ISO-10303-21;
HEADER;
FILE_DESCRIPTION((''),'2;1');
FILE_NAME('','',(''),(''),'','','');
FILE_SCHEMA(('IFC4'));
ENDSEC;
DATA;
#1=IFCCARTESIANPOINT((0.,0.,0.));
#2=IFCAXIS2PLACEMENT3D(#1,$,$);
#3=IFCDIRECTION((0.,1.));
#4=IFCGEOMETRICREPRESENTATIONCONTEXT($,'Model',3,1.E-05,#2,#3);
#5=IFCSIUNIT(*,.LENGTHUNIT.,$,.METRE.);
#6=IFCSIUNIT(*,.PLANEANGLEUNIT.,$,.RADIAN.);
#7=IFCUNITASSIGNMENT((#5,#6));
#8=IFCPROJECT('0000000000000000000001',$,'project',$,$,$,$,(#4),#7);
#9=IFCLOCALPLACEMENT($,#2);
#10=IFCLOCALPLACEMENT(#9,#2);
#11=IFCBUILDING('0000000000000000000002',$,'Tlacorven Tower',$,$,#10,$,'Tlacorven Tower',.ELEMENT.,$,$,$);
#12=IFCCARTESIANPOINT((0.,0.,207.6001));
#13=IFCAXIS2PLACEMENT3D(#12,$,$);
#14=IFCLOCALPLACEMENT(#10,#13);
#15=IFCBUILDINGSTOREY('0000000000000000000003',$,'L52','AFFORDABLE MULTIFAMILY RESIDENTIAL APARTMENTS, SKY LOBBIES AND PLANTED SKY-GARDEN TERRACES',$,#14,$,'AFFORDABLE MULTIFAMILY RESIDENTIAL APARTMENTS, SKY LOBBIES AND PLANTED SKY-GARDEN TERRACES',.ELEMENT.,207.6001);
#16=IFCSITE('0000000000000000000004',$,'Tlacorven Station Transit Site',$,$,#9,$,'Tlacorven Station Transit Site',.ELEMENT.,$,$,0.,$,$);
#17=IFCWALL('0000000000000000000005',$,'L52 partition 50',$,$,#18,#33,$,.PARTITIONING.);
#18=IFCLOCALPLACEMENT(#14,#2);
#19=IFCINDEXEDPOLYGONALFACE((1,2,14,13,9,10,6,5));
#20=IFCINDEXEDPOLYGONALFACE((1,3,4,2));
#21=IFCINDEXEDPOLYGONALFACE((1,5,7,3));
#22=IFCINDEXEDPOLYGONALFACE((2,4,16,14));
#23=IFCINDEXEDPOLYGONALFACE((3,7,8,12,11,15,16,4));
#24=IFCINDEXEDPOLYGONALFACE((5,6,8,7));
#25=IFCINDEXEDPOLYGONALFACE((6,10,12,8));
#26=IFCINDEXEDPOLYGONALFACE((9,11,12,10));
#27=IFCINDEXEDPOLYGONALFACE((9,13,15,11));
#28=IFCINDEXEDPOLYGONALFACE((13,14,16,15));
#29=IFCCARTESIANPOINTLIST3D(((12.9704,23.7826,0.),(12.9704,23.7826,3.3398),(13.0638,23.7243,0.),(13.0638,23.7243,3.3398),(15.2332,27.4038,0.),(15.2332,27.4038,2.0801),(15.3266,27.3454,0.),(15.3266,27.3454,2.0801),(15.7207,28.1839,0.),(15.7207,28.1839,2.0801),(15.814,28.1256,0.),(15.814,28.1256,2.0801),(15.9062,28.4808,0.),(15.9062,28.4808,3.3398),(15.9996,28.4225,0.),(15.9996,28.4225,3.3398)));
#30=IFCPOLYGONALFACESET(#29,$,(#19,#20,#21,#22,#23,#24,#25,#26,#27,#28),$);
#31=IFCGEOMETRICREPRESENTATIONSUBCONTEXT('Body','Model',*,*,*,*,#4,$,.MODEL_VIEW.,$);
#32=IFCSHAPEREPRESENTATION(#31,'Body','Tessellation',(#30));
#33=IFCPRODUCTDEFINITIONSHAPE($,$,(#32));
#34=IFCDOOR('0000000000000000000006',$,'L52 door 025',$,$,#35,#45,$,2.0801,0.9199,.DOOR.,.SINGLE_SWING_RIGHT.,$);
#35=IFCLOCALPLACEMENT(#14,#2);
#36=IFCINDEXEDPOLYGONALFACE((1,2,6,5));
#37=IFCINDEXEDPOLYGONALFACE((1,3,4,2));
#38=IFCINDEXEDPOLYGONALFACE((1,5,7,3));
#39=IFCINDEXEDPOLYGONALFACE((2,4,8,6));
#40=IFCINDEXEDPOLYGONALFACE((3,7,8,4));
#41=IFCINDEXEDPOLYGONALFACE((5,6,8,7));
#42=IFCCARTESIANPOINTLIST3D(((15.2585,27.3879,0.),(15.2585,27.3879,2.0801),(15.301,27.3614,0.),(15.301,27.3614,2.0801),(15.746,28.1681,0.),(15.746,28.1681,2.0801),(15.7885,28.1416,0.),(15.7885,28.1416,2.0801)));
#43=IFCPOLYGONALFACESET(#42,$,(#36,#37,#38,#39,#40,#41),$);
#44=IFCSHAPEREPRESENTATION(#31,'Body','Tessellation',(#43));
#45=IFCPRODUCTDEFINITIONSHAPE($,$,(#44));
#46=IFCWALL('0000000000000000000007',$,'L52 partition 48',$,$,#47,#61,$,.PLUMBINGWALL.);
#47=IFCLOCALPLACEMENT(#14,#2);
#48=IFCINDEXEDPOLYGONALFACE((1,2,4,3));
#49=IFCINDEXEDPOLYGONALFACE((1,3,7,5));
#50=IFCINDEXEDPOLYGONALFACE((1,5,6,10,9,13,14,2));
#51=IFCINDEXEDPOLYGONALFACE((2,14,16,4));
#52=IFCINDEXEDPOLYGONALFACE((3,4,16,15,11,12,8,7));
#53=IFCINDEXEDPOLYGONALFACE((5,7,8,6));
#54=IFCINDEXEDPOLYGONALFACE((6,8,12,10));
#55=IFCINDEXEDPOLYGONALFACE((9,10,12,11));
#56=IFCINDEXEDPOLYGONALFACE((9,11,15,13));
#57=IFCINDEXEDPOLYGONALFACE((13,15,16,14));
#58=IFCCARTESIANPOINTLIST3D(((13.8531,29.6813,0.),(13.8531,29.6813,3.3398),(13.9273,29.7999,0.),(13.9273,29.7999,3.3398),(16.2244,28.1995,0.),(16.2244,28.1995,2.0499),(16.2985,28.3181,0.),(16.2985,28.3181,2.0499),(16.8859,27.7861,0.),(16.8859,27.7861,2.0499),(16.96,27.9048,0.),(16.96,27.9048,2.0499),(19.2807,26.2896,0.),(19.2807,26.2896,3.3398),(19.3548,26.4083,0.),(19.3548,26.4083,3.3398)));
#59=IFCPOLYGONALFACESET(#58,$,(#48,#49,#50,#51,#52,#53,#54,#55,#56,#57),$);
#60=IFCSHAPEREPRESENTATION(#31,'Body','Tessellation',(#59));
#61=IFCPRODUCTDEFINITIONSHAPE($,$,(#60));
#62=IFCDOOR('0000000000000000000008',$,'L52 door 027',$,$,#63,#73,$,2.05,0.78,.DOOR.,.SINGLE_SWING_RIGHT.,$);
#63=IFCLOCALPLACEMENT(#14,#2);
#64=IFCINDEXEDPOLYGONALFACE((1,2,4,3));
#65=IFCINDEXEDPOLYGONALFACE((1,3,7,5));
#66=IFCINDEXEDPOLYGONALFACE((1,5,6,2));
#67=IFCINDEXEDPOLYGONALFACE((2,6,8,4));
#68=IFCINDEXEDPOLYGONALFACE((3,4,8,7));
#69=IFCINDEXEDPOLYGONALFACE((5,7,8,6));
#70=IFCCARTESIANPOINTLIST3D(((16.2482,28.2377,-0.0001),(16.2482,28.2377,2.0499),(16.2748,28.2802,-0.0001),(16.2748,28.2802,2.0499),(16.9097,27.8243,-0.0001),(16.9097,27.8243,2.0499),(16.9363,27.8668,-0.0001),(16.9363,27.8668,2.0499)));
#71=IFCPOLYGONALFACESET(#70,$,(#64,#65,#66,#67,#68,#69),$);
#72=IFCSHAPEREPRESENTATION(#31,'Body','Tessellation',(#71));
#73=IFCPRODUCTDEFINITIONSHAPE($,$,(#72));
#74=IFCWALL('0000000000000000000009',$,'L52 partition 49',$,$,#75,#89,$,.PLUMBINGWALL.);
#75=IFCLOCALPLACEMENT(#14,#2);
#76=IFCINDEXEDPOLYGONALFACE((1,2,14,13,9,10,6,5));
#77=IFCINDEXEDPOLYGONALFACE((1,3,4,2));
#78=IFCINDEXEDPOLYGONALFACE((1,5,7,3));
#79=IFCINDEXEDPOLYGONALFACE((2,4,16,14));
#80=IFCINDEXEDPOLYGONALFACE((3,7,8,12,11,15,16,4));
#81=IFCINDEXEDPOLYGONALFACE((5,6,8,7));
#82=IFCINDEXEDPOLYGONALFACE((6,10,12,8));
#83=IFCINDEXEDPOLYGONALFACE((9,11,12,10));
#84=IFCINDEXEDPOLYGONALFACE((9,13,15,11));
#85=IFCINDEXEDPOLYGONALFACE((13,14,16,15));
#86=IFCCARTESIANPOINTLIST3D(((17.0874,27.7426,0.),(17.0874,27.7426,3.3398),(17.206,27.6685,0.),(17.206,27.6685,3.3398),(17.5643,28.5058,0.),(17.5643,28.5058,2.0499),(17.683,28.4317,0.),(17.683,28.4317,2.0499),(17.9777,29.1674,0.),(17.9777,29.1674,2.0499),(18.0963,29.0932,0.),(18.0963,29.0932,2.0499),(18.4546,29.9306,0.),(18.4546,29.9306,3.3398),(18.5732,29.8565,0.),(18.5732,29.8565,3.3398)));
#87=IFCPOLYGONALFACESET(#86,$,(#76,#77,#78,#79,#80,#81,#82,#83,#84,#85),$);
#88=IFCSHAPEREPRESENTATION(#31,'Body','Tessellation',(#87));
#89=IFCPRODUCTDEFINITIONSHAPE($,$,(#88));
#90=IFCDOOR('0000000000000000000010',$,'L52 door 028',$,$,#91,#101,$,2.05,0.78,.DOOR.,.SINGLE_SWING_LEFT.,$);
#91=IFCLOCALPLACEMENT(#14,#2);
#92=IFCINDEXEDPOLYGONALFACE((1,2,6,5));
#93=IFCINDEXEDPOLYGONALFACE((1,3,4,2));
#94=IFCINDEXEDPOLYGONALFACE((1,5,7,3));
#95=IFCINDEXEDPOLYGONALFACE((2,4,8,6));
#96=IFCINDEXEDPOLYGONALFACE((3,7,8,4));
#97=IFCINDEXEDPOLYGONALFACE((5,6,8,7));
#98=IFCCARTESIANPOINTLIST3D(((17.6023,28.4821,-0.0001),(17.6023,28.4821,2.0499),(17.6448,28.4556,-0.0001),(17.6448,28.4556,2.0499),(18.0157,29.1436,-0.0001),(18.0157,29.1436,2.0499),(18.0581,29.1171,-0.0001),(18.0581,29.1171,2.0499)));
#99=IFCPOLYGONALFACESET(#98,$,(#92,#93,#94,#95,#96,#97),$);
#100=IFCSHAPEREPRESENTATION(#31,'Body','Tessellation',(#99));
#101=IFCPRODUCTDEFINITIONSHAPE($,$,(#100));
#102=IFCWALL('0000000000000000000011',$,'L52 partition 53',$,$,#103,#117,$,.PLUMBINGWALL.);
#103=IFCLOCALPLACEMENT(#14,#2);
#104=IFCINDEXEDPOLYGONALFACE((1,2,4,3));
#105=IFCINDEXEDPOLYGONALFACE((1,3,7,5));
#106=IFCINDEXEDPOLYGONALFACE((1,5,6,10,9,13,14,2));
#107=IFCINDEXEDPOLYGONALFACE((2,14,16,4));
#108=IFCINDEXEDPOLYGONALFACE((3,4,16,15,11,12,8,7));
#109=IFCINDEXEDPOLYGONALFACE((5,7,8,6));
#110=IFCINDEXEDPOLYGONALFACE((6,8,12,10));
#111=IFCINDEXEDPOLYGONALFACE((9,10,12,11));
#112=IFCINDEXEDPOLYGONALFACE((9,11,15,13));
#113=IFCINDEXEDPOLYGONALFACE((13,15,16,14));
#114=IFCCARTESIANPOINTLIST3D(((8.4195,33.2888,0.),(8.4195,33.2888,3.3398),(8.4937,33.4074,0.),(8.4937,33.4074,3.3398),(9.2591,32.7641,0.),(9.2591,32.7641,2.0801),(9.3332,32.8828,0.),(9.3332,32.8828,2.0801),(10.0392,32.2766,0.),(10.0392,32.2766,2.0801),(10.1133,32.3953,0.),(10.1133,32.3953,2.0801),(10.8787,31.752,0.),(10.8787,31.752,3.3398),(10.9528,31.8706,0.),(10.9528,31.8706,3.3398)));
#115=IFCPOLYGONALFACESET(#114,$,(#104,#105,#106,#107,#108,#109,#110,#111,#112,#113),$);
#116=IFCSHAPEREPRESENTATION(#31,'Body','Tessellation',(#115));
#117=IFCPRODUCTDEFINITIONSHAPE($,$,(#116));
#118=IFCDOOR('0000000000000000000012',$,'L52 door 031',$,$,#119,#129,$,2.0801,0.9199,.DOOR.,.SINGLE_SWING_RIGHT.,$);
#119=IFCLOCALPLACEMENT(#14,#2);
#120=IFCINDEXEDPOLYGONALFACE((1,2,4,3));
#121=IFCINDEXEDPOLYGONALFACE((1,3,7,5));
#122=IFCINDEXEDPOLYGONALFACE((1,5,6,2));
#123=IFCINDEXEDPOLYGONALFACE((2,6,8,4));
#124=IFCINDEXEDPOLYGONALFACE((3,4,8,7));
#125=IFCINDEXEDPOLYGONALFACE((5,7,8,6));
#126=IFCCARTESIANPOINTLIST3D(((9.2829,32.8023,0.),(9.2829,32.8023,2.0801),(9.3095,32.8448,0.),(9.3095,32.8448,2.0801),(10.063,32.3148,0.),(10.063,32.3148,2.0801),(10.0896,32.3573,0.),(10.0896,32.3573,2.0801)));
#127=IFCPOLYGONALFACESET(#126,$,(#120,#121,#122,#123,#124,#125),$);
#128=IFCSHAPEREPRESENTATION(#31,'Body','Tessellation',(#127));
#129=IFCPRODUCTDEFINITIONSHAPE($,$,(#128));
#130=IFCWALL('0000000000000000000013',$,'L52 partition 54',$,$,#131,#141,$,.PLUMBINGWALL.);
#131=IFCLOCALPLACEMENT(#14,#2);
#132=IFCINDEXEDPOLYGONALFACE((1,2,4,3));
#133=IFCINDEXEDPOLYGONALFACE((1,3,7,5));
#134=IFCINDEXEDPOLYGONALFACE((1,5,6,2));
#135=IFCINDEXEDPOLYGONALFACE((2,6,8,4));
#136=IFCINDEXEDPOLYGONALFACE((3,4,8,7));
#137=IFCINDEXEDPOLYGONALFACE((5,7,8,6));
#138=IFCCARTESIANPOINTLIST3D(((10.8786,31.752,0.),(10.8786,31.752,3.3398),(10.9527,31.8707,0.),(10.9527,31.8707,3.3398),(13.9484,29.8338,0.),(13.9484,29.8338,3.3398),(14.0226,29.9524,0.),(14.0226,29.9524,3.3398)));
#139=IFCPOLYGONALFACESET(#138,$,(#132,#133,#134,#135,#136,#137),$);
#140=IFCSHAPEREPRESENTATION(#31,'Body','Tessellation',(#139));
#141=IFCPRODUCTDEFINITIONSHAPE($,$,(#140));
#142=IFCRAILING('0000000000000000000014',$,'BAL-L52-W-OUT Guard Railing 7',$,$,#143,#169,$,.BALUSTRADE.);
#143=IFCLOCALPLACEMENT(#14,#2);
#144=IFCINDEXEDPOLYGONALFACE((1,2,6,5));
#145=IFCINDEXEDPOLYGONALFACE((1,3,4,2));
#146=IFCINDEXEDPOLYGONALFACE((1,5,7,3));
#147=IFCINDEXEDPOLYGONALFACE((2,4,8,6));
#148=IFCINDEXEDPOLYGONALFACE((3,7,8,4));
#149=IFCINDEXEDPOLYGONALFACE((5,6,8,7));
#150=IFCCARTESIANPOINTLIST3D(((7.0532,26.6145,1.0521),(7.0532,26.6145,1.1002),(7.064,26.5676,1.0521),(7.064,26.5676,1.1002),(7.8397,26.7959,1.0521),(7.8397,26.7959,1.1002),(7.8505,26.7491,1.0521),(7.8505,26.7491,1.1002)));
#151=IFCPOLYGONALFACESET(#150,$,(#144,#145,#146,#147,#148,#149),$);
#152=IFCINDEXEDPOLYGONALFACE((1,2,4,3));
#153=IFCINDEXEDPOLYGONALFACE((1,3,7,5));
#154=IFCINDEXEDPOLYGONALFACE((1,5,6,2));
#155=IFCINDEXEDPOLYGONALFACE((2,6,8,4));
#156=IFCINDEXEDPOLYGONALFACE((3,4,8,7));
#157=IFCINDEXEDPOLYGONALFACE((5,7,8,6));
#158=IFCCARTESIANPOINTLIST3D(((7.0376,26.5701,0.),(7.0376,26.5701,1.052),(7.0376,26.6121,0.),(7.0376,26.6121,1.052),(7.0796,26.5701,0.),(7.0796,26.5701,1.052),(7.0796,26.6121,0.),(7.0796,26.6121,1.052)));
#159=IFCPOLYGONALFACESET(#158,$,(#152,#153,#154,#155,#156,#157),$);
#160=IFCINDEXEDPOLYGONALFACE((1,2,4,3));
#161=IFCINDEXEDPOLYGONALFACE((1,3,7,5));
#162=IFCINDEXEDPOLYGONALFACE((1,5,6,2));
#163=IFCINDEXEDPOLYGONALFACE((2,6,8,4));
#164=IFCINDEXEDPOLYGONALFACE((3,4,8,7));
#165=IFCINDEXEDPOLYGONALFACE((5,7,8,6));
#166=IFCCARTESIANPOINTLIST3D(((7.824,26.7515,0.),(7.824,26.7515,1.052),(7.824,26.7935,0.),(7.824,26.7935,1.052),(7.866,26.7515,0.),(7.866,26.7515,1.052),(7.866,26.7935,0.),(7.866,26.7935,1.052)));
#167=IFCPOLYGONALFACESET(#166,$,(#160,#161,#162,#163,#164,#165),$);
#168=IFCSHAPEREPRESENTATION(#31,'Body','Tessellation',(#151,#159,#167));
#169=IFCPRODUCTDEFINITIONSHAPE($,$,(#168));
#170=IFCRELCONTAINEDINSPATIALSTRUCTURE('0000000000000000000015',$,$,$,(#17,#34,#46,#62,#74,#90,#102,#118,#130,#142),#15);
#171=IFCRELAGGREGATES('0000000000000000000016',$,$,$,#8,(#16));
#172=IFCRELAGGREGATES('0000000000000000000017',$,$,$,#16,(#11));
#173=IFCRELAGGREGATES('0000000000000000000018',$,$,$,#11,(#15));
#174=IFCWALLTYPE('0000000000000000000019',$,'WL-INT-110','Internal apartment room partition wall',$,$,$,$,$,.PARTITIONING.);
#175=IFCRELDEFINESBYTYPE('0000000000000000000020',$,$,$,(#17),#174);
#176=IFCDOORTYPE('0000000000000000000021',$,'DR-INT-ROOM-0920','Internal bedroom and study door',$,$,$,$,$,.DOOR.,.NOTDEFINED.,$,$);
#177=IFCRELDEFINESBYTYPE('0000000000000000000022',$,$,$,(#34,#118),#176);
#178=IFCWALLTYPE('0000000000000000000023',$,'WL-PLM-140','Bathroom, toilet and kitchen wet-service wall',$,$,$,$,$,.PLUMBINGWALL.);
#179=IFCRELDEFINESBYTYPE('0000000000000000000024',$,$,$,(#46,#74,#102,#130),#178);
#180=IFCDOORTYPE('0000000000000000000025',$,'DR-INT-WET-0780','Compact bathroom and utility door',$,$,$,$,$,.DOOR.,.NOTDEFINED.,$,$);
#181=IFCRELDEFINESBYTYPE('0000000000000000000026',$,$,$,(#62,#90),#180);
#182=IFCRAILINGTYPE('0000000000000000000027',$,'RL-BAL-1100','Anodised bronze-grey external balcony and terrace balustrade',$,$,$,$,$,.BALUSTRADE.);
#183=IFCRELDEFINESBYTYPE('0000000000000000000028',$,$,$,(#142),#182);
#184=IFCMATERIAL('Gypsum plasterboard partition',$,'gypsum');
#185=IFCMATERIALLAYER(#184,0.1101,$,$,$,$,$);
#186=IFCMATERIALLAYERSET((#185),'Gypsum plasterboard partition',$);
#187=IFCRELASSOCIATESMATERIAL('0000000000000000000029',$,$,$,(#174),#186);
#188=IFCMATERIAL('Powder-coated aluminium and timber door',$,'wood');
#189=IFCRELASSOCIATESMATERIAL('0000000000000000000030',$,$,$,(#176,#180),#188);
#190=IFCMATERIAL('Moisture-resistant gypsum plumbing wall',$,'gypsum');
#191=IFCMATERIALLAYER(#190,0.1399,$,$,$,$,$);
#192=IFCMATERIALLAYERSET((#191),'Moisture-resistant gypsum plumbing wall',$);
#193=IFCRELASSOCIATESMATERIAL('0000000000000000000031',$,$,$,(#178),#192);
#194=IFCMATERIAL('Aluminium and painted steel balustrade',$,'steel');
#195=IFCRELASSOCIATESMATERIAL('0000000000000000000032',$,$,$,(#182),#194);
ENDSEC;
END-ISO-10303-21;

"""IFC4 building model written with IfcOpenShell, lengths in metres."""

from ifc_helpers import new_model, si_unit, direction, frame, frame_2d, origin, origin_2d, place, context, subcontext, project, spatial, rectangle, extrude, source, transform, mapped, material, layer, layer_set, type_object, element, fill, save


model = new_model("IFC4")

# Units and contexts
model_context = context("Model", 3, precision=1e-05, world=origin(), true_north=direction((0.0, 1.0)))
body_context = subcontext(model_context, "Body", "Model", "MODEL_VIEW")
ifc_project = project(units=[si_unit("LENGTHUNIT", "METRE"), si_unit("PLANEANGLEUNIT", "RADIAN")], contexts=[model_context])

# Site, building, storey
site_placement = place(None, origin())
site = spatial("IfcSite", under=ifc_project, at=site_placement, Name="Tlacorven Station Transit Site", LongName="Tlacorven Station Transit Site", CompositionType="ELEMENT", RefElevation=0.0)
building_placement = place(site_placement, origin())
building = spatial("IfcBuilding", under=site, at=building_placement, Name="Tlacorven Tower", LongName="Tlacorven Tower", CompositionType="ELEMENT")
storey_placement = place(building_placement, frame((0.0, 0.0, 207.6001)))
storey = spatial("IfcBuildingStorey", under=building, at=storey_placement, Name="L52", Description="AFFORDABLE MULTIFAMILY RESIDENTIAL APARTMENTS, SKY LOBBIES AND PLANTED SKY-GARDEN TERRACES", LongName="AFFORDABLE MULTIFAMILY RESIDENTIAL APARTMENTS, SKY LOBBIES AND PLANTED SKY-GARDEN TERRACES", CompositionType="ELEMENT", Elevation=207.6001)

# Walls, openings, doors
ifc_material_1 = material(Name="Gypsum plasterboard partition", Category="gypsum")
ifc_layer_1 = layer(ifc_material_1, 0.1101)
ifc_layer_set_1 = layer_set([ifc_layer_1], Name="Gypsum plasterboard partition")
wall_type_1 = type_object("IfcWallType", Name="WL-INT-110", Description="Internal apartment room partition wall", PredefinedType="PARTITIONING", material=ifc_layer_set_1)
wall_1_placement = place(storey_placement, frame((15.9529, 28.4517, 0.0), z_axis=(0.0, 0.0, 1.0), x_axis=(-0.52992, -0.848048, 0.0)))
wall_1 = element("IfcWall", 1, at=wall_1_placement, inside=storey, type_object=wall_type_1, Name="L52 partition 50", PredefinedType="PARTITIONING", context=body_context, shape_type="SweptSolid", body=[
    extrude(rectangle(XDim=5.54, YDim=0.1101, at=frame_2d((2.77, 0.0))), origin(), (0.0, 0.0, 1.0), 3.3398),
])
opening_1_placement = place(wall_1_placement, frame((0.3501, 0.0, 0.0)))
opening_1 = element("IfcOpeningElement", 2, at=opening_1_placement, cuts=wall_1, PredefinedType="OPENING", context=body_context, shape_type="SweptSolid", body=[
    extrude(rectangle(XDim=0.9199, YDim=2.0801, at=frame_2d((0.46, 1.04))), frame((0.0, 0.0649, 0.0), z_axis=(0.0, -1.0, 0.0), x_axis=(1.0, 0.0, 0.0)), (0.0, 0.0, 1.0), 0.1301),
])
ifc_material_2 = material(Name="Powder-coated aluminium and timber door", Category="wood")
door_type_1 = type_object("IfcDoorType", Name="DR-INT-ROOM-0920", Description="Internal bedroom and study door", OperationType="NOTDEFINED", PredefinedType="DOOR", material=ifc_material_2)
shared_shape_1 = source(origin(), body_context, "Body", "SweptSolid", [
    extrude(rectangle(XDim=0.9199, YDim=2.0801, at=frame_2d((0.46, 1.04))), frame((0.0, 0.0249, 0.0), z_axis=(0.0, -1.0, 0.0), x_axis=(1.0, 0.0, 0.0)), (0.0, 0.0, 1.0), 0.05),
])
door_1_placement = place(opening_1_placement, origin())
door_1 = element("IfcDoor", 3, at=door_1_placement, inside=storey, type_object=door_type_1, Name="L52 door 025", OperationType="SINGLE_SWING_RIGHT", OverallHeight=2.0801, OverallWidth=0.9199, PredefinedType="DOOR", context=body_context, shape_type="MappedRepresentation", body=[
    mapped(shared_shape_1, transform((0.0, 0.0, 0.0), scale=1.0)),
])
fill(opening_1, door_1)
ifc_material_3 = material(Name="Moisture-resistant gypsum plumbing wall", Category="gypsum")
ifc_layer_2 = layer(ifc_material_3, 0.1399)
ifc_layer_set_2 = layer_set([ifc_layer_2], Name="Moisture-resistant gypsum plumbing wall")
wall_type_2 = type_object("IfcWallType", Name="WL-PLM-140", Description="Bathroom, toilet and kitchen wet-service wall", PredefinedType="PLUMBINGWALL", material=ifc_layer_set_2)
wall_2_placement = place(storey_placement, frame((19.3179, 26.3489, 0.0), z_axis=(0.0, 0.0, 1.0), x_axis=(-0.848039, 0.529934, 0.0)))
wall_2 = element("IfcWall", 4, at=wall_2_placement, inside=storey, type_object=wall_type_2, Name="L52 partition 48", PredefinedType="PLUMBINGWALL", context=body_context, shape_type="SweptSolid", body=[
    extrude(rectangle(XDim=6.4001, YDim=0.1399, at=frame_2d((3.2002, 0.0))), origin(), (0.0, 0.0, 1.0), 3.3398),
])
opening_2_placement = place(wall_2_placement, frame((2.824, 0.0, 0.0)))
opening_2 = element("IfcOpeningElement", 5, at=opening_2_placement, cuts=wall_2, PredefinedType="OPENING", context=body_context, shape_type="SweptSolid", body=[
    extrude(rectangle(XDim=0.78, YDim=2.05, at=frame_2d((0.3901, 1.0249))), frame((0.0, 0.0801, 0.0), z_axis=(0.0, -1.0, 0.0), x_axis=(1.0, 0.0, 0.0)), (0.0, 0.0, 1.0), 0.1599),
])
door_type_2 = type_object("IfcDoorType", Name="DR-INT-WET-0780", Description="Compact bathroom and utility door", OperationType="NOTDEFINED", PredefinedType="DOOR", material=ifc_material_2)
shared_shape_2 = source(origin(), body_context, "Body", "SweptSolid", [
    extrude(rectangle(XDim=0.78, YDim=2.05, at=frame_2d((0.3901, 1.0249))), frame((0.0, 0.0249, 0.0), z_axis=(0.0, -1.0, 0.0), x_axis=(1.0, 0.0, 0.0)), (0.0, 0.0, 1.0), 0.05),
])
door_2_placement = place(opening_2_placement, origin())
door_2 = element("IfcDoor", 6, at=door_2_placement, inside=storey, type_object=door_type_2, Name="L52 door 027", OperationType="SINGLE_SWING_RIGHT", OverallHeight=2.05, OverallWidth=0.78, PredefinedType="DOOR", context=body_context, shape_type="MappedRepresentation", body=[
    mapped(shared_shape_2, transform((0.0, 0.0, 0.0), scale=1.0)),
])
fill(opening_2, door_2)
wall_3_placement = place(storey_placement, frame((18.5139, 29.8936, 0.0), z_axis=(0.0, 0.0, 1.0), x_axis=(-0.529914, -0.848051, 0.0)))
wall_3 = element("IfcWall", 7, at=wall_3_placement, inside=storey, type_object=wall_type_2, Name="L52 partition 49", PredefinedType="PLUMBINGWALL", context=body_context, shape_type="SweptSolid", body=[
    extrude(rectangle(XDim=2.5801, YDim=0.1399, at=frame_2d((1.29, 0.0))), origin(), (0.0, 0.0, 1.0), 3.3398),
])
opening_3_placement = place(wall_3_placement, frame((0.8999, 0.0, 0.0)))
opening_3 = element("IfcOpeningElement", 8, at=opening_3_placement, cuts=wall_3, PredefinedType="OPENING", context=body_context, shape_type="SweptSolid", body=[
    extrude(rectangle(XDim=0.78, YDim=2.05, at=frame_2d((0.3901, 1.0249))), frame((0.0, 0.0801, 0.0), z_axis=(0.0, -1.0, 0.0), x_axis=(1.0, 0.0, 0.0)), (0.0, 0.0, 1.0), 0.1599),
])
door_3_placement = place(opening_3_placement, origin())
door_3 = element("IfcDoor", 9, at=door_3_placement, inside=storey, type_object=door_type_2, Name="L52 door 028", OperationType="SINGLE_SWING_LEFT", OverallHeight=2.05, OverallWidth=0.78, PredefinedType="DOOR", context=body_context, shape_type="MappedRepresentation", body=[
    mapped(shared_shape_2, transform((0.0, 0.0, 0.0), scale=1.0)),
])
fill(opening_3, door_3)
wall_4_placement = place(storey_placement, frame((10.9158, 31.8113, 0.0), z_axis=(0.0, 0.0, 1.0), x_axis=(-0.848022, 0.529961, 0.0)))
wall_4 = element("IfcWall", 10, at=wall_4_placement, inside=storey, type_object=wall_type_2, Name="L52 partition 53", PredefinedType="PLUMBINGWALL", context=body_context, shape_type="SweptSolid", body=[
    extrude(rectangle(XDim=2.8999, YDim=0.1399, at=frame_2d((1.45, 0.0))), origin(), (0.0, 0.0, 1.0), 3.3398),
])
opening_4_placement = place(wall_4_placement, frame((0.99, 0.0, 0.0)))
opening_4 = element("IfcOpeningElement", 11, at=opening_4_placement, cuts=wall_4, PredefinedType="OPENING", context=body_context, shape_type="SweptSolid", body=[
    extrude(rectangle(XDim=0.9199, YDim=2.0801, at=frame_2d((0.46, 1.04))), frame((0.0, 0.0801, 0.0), z_axis=(0.0, -1.0, 0.0), x_axis=(1.0, 0.0, 0.0)), (0.0, 0.0, 1.0), 0.1599),
])
door_4_placement = place(opening_4_placement, origin())
door_4 = element("IfcDoor", 12, at=door_4_placement, inside=storey, type_object=door_type_1, Name="L52 door 031", OperationType="SINGLE_SWING_RIGHT", OverallHeight=2.0801, OverallWidth=0.9199, PredefinedType="DOOR", context=body_context, shape_type="MappedRepresentation", body=[
    mapped(shared_shape_1, transform((0.0, 0.0, 0.0), scale=1.0)),
])
fill(opening_4, door_4)

# Wall
wall_5_placement = place(storey_placement, frame((13.9856, 29.8931, 0.0), z_axis=(0.0, 0.0, 1.0), x_axis=(-0.848051, 0.529914, 0.0)))
element("IfcWall", 13, at=wall_5_placement, inside=storey, type_object=wall_type_2, Name="L52 partition 54", PredefinedType="PLUMBINGWALL", context=body_context, shape_type="SweptSolid", body=[
    extrude(rectangle(XDim=3.6199, YDim=0.1399, at=frame_2d((1.8101, 0.0))), origin(), (0.0, 0.0, 1.0), 3.3398),
])

# Railing
ifc_material_4 = material(Name="Aluminium and painted steel balustrade", Category="steel")
railing_type = type_object("IfcRailingType", Name="RL-BAL-1100", Description="Anodised bronze-grey external balcony and terrace balustrade", PredefinedType="BALUSTRADE", material=ifc_material_4)
shared_shape_3 = source(origin(), body_context, "Body", "SweptSolid", [
    extrude(rectangle(XDim=0.0481, YDim=0.0481, at=origin_2d()), frame((0.0, 0.0, 1.0762), z_axis=(0.974412, 0.224771, 0.0), x_axis=(-0.224771, 0.974412, 0.0)), (0.0, 0.0, 1.0), 0.8071),
    extrude(rectangle(XDim=0.042, YDim=0.042, at=origin_2d()), origin(), (0.0, 0.0, 1.0), 1.052),
    extrude(rectangle(XDim=0.042, YDim=0.042, at=origin_2d()), frame((0.7864, 0.1814, 0.0)), (0.0, 0.0, 1.0), 1.052),
])
railing_1_placement = place(storey_placement, frame((7.0586, 26.5911, 0.0)))
element("IfcRailing", 14, at=railing_1_placement, inside=storey, type_object=railing_type, Name="BAL-L52-W-OUT Guard Railing 7", PredefinedType="BALUSTRADE", context=body_context, shape_type="MappedRepresentation", body=[
    mapped(shared_shape_3, transform((0.0, 0.0, 0.0), scale=1.0)),
])

save(model, "model.ifc")
